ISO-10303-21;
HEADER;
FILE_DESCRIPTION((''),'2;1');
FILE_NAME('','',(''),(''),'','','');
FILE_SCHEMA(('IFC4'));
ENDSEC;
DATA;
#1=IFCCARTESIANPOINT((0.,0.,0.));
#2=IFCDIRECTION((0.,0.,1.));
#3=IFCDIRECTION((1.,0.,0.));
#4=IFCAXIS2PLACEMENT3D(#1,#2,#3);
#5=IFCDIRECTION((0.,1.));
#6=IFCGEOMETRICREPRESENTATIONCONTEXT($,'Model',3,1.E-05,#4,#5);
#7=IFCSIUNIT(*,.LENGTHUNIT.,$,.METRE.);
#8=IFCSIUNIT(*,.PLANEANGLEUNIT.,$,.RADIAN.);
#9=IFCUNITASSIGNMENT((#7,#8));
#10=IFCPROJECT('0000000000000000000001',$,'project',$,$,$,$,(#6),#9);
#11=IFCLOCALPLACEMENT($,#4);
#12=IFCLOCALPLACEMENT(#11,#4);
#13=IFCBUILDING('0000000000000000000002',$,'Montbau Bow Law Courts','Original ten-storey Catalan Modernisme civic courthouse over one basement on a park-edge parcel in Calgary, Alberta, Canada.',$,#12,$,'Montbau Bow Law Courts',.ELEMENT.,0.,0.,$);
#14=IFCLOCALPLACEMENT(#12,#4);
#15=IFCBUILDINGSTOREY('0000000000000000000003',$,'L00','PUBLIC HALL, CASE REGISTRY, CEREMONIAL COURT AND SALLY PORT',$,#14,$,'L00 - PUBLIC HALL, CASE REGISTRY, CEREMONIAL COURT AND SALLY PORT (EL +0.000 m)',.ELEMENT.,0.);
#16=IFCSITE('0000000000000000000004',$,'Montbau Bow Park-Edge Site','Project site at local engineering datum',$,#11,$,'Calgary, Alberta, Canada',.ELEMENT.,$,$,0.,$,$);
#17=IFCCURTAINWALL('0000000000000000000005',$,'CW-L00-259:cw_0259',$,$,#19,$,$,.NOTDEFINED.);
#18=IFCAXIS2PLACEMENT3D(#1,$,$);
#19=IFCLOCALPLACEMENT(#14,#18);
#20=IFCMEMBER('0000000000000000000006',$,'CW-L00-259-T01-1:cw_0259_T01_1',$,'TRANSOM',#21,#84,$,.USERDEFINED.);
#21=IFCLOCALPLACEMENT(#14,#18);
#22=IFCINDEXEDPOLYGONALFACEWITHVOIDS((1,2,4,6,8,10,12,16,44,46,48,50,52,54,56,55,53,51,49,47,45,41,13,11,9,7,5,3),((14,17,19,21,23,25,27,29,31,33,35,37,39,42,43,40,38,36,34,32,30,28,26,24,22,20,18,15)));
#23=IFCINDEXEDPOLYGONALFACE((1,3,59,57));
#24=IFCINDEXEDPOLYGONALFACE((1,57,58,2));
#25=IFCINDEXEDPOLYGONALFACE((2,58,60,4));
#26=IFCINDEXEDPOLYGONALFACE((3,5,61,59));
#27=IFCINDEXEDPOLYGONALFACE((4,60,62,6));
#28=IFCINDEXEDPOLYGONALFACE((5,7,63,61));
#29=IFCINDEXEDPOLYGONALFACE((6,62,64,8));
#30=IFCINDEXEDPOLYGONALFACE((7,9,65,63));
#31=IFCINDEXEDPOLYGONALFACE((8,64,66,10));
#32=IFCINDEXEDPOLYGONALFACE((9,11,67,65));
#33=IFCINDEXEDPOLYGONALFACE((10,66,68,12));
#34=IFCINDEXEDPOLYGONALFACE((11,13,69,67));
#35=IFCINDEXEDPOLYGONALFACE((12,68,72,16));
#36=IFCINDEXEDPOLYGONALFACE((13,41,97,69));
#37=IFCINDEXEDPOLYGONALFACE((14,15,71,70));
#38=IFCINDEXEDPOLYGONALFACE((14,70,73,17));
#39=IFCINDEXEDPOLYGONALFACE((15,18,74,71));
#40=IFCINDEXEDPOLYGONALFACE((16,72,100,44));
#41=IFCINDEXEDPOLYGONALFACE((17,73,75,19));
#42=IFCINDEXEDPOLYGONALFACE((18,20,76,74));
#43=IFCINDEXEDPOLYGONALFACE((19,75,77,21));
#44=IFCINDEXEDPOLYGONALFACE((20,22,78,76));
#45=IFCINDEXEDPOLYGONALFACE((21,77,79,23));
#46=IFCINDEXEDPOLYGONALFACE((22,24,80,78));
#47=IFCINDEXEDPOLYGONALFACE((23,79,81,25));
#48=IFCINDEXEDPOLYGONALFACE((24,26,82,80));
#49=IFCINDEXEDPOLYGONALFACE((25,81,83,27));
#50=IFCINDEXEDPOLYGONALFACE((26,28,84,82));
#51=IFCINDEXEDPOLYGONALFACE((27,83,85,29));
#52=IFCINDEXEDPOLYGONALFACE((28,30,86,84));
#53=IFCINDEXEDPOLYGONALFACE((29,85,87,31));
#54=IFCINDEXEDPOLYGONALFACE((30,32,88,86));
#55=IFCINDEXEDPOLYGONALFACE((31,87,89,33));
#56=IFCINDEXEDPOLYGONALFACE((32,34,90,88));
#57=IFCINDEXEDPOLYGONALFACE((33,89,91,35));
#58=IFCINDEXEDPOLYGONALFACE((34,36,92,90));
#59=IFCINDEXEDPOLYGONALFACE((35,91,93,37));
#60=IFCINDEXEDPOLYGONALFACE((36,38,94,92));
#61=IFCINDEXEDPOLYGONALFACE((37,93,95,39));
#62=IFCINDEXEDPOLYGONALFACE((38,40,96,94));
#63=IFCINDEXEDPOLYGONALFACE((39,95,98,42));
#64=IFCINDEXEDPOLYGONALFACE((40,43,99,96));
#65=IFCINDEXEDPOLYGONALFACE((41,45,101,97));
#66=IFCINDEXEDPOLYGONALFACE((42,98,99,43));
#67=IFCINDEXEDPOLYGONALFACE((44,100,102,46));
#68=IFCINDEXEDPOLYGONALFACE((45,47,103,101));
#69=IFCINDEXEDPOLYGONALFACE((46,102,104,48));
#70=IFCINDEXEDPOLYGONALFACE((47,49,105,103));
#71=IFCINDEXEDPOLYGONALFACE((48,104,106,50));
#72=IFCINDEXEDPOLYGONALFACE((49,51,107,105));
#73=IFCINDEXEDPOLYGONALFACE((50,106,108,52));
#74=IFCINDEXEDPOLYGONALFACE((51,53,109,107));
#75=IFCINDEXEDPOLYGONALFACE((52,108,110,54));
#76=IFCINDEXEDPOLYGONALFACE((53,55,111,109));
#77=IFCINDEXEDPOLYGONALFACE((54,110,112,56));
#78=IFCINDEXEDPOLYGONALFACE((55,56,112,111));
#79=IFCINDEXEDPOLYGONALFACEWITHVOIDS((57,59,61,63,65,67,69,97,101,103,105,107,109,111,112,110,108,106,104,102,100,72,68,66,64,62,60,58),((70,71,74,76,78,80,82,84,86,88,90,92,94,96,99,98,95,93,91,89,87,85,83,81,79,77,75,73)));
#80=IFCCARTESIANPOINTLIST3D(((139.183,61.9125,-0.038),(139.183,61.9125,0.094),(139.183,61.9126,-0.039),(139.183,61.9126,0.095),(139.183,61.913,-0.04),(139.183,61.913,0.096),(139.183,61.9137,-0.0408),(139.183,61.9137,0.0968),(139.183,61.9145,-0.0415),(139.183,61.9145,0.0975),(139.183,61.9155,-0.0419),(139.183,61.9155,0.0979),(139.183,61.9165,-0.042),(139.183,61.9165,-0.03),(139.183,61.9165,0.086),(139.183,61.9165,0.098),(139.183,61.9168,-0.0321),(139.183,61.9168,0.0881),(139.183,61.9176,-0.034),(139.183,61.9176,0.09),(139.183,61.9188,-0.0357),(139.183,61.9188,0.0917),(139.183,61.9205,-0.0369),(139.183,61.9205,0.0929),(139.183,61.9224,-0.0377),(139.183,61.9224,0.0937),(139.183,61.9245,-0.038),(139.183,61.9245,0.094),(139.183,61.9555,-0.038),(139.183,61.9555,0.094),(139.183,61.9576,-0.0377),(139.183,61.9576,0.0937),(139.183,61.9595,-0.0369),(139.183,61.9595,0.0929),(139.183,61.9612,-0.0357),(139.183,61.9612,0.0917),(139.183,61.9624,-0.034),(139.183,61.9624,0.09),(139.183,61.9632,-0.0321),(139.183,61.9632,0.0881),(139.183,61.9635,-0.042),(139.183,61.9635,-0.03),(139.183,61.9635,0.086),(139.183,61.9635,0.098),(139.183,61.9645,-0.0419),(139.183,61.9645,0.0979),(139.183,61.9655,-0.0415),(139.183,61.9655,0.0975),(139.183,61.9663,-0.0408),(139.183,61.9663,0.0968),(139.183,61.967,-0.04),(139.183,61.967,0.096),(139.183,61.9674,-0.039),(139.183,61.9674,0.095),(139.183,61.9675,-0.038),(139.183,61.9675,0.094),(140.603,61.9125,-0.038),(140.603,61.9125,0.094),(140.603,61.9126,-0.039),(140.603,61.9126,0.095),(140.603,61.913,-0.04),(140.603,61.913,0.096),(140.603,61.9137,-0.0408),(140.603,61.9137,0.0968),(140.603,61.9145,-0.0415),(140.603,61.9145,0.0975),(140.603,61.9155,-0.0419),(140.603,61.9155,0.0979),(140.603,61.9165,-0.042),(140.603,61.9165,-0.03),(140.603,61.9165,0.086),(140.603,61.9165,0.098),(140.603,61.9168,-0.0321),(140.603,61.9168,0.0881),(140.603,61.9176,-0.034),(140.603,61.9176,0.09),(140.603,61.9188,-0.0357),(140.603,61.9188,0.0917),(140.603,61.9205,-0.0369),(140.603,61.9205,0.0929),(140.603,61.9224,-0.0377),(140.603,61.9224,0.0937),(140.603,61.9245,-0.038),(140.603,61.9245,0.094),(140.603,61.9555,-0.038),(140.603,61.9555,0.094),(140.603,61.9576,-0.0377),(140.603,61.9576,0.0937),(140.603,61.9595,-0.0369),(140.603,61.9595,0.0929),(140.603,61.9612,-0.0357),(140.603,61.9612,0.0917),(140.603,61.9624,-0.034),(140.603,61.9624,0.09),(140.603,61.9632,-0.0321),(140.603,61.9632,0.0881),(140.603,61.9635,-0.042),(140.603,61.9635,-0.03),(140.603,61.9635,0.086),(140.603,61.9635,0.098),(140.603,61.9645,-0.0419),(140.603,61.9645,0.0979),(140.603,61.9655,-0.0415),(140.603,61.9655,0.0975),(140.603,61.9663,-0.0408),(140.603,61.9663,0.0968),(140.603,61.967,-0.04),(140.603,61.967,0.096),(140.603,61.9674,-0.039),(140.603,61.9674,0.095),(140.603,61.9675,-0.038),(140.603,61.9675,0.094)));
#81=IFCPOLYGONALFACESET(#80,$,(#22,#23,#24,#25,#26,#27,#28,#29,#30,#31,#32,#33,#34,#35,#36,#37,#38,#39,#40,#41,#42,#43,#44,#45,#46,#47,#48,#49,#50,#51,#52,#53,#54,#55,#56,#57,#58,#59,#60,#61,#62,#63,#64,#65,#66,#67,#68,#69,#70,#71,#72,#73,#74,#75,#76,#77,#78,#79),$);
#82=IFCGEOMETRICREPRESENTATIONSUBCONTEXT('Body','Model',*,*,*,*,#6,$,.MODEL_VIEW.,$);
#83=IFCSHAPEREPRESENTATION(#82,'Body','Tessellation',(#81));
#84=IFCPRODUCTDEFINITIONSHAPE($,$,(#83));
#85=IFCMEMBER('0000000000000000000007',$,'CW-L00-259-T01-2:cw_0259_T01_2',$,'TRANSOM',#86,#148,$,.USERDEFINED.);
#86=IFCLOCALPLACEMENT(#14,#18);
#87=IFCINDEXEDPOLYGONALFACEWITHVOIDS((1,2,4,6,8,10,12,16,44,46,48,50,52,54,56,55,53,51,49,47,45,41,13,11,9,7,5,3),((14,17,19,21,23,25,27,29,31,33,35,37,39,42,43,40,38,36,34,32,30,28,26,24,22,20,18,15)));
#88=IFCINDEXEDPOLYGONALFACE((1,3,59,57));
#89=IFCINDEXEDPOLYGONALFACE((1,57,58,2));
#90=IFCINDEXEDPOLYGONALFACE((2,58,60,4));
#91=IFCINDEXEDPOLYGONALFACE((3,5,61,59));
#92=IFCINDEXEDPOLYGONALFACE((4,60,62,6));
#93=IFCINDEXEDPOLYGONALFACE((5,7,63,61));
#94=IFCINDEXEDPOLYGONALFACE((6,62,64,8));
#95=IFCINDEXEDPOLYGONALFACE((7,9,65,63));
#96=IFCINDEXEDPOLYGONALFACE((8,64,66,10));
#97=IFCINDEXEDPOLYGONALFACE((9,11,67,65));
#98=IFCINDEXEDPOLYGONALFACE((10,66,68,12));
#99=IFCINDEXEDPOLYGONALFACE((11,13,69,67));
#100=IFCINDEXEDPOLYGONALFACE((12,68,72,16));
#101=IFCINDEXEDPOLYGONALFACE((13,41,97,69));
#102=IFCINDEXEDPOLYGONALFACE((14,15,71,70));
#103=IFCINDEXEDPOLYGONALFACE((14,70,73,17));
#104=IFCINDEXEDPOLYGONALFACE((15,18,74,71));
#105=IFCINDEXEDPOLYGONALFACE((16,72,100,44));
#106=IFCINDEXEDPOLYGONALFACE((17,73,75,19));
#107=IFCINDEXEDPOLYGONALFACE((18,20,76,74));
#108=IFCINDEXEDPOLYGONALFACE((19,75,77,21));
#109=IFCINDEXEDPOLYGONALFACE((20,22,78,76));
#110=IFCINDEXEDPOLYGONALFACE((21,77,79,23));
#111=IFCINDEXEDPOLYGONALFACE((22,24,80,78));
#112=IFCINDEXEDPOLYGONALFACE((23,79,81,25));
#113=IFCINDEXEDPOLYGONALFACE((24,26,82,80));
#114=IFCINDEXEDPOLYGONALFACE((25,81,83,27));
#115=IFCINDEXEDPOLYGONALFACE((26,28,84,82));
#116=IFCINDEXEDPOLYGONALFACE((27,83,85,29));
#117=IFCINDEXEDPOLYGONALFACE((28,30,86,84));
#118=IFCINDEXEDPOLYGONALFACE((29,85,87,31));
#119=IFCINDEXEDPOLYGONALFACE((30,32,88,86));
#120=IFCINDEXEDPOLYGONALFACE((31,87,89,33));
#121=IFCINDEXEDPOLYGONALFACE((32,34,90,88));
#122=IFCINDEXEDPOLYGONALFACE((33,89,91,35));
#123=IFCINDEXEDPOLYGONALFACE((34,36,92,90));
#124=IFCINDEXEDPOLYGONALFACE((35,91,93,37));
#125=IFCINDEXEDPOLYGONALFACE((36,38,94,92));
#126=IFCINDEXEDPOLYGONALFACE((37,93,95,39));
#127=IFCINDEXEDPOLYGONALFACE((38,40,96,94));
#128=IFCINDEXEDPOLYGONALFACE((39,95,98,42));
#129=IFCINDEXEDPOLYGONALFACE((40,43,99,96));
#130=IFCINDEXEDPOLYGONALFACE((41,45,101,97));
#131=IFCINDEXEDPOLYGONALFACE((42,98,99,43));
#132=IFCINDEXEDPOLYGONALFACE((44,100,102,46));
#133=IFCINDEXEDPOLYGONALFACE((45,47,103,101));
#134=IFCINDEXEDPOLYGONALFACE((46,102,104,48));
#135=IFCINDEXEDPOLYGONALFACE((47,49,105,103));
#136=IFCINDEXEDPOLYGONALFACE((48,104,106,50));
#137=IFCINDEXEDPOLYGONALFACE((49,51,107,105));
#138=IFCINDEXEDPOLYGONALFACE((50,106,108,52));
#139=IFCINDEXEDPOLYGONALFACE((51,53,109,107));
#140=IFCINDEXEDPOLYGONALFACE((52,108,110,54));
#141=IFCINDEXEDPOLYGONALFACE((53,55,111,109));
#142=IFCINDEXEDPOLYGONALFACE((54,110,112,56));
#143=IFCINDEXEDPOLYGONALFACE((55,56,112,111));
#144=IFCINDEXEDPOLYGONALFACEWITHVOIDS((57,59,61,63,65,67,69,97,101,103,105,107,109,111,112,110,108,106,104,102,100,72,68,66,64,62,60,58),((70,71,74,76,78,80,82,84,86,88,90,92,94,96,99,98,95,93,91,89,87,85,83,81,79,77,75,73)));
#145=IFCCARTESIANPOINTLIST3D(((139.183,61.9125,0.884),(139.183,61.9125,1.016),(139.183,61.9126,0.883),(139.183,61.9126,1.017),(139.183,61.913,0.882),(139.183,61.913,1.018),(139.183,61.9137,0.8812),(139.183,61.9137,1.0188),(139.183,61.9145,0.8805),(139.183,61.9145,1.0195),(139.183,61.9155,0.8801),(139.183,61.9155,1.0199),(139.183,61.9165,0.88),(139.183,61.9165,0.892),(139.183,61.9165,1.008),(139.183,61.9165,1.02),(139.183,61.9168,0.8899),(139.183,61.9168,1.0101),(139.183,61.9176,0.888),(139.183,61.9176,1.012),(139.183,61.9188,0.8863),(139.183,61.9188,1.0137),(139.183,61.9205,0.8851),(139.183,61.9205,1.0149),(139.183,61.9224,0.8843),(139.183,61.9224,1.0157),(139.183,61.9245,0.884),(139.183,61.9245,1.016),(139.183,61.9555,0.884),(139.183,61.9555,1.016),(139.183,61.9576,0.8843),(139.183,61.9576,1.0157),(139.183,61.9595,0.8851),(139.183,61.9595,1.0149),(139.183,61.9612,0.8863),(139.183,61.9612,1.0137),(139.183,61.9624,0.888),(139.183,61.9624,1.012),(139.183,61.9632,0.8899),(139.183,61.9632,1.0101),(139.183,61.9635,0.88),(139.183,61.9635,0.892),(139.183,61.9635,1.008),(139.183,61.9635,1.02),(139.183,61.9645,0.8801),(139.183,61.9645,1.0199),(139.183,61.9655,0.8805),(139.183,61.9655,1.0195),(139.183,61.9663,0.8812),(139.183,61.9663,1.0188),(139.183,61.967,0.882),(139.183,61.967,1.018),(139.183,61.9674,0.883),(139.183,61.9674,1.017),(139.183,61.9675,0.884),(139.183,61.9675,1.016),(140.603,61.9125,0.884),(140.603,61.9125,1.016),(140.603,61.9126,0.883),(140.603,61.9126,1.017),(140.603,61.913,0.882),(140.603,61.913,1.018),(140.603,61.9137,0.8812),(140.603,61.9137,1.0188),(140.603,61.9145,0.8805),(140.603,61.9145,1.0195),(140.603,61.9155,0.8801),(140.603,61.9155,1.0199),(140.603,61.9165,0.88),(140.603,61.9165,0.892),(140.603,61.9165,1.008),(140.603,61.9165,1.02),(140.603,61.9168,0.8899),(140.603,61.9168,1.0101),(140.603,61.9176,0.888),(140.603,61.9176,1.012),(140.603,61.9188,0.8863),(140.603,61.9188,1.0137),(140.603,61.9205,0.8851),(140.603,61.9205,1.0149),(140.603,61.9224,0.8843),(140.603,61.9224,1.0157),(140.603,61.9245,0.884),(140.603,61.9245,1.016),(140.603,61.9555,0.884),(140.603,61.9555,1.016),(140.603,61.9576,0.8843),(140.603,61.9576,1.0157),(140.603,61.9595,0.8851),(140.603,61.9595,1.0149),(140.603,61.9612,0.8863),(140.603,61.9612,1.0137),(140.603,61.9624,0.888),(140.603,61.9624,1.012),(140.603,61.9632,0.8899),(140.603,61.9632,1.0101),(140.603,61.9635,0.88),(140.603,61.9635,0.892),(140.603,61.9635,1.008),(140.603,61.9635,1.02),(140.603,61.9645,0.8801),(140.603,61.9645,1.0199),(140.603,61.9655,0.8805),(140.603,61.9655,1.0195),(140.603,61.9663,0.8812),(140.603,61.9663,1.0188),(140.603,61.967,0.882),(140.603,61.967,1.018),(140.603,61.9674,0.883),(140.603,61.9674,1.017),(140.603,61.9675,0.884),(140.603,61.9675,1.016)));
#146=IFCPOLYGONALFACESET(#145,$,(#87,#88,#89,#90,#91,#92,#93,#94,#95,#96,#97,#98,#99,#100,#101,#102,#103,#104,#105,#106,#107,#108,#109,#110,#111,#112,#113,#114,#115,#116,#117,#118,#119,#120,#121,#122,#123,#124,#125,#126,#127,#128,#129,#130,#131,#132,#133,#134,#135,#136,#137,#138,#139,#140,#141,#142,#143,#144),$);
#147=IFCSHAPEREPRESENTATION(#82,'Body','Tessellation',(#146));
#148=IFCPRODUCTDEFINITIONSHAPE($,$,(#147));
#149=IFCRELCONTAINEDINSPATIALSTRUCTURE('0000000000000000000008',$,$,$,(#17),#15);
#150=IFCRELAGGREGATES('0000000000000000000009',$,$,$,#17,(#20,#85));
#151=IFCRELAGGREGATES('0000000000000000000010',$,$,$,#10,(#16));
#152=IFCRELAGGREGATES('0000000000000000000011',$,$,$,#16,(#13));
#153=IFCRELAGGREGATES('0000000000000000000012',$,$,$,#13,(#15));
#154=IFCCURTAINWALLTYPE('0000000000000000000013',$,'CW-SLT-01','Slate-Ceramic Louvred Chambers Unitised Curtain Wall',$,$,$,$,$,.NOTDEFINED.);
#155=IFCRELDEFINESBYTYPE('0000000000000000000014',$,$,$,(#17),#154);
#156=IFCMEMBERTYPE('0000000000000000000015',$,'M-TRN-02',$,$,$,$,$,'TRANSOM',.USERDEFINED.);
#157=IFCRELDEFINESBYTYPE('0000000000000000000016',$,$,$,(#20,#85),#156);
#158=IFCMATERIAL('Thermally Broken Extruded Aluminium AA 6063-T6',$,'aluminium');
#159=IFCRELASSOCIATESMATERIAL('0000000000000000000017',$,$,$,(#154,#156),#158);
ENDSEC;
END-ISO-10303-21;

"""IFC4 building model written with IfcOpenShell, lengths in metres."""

from ifc_helpers import new_model, si_unit, direction, frame, origin_with_axes, origin_2d_with_axis, place, context, subcontext, project, spatial, hollow_rectangle, extrude, material, material_profile, profile_set, type_object, element, aggregate, save


model = new_model("IFC4")

# Units and contexts
model_context = context("Model", 3, precision=1e-05, world=origin_with_axes(), true_north=direction((0.0, 1.0)))
body_context = subcontext(model_context, "Body", "Model", "MODEL_VIEW")
ifc_project = project(units=[si_unit("LENGTHUNIT", "METRE"), si_unit("PLANEANGLEUNIT", "RADIAN")], contexts=[model_context])

# Site, building, storey
site_placement = place(None, origin_with_axes())
site = spatial("IfcSite", under=ifc_project, at=site_placement, Name="Montbau Bow Park-Edge Site", Description="Project site at local engineering datum", LongName="Calgary, Alberta, Canada", CompositionType="ELEMENT", RefElevation=0.0)
building_placement = place(site_placement, origin_with_axes())
building = spatial("IfcBuilding", under=site, at=building_placement, Name="Montbau Bow Law Courts", Description="Original ten-storey Catalan Modernisme civic courthouse over one basement on a park-edge parcel in Calgary, Alberta, Canada.", LongName="Montbau Bow Law Courts", CompositionType="ELEMENT", ElevationOfRefHeight=0.0, ElevationOfTerrain=0.0)
storey_placement = place(building_placement, origin_with_axes())
storey = spatial("IfcBuildingStorey", under=building, at=storey_placement, Name="L00", Description="PUBLIC HALL, CASE REGISTRY, CEREMONIAL COURT AND SALLY PORT", LongName="L00 - PUBLIC HALL, CASE REGISTRY, CEREMONIAL COURT AND SALLY PORT (EL +0.000 m)", CompositionType="ELEMENT", Elevation=0.0)

# Curtain wall, members
ifc_material_1 = material(Name="Thermally Broken Extruded Aluminium AA 6063-T6", Category="aluminium")
curtain_wall_type = type_object("IfcCurtainWallType", Name="CW-SLT-01", Description="Slate-Ceramic Louvred Chambers Unitised Curtain Wall", PredefinedType="NOTDEFINED", material=ifc_material_1)
curtain_wall_placement = place(None, frame((139.115, 61.94, 0.0), z_axis=(0.0, 0.0, 1.0), x_axis=(1.0, 0.0, 0.0)))
curtain_wall = element("IfcCurtainWall", 1, at=curtain_wall_placement, inside=storey, type_object=curtain_wall_type, Name="CW-L00-259:cw_0259", PredefinedType="NOTDEFINED")
ifc_material_profile_1 = material_profile(ifc_material_1, hollow_rectangle(XDim=0.055, YDim=0.14, WallThickness=0.004, InnerFilletRadius=0.008, OuterFilletRadius=0.004, at=origin_2d_with_axis()), Name="CWT-140X55", Category="Main", Priority=0)
ifc_profile_set_1 = profile_set([ifc_material_profile_1], Name="Thermally Broken Extruded Aluminium AA 6063-T6")
member_type_1 = type_object("IfcMemberType", Name="M-TRN-02", ElementType="TRANSOM", PredefinedType="USERDEFINED", material=ifc_profile_set_1)
member_1_placement = place(None, frame((139.183, 61.94, 0.028), z_axis=(1.0, 0.0, 0.0), x_axis=(0.0, 1.0, 0.0)))
member_1 = element("IfcMember", 2, at=member_1_placement, type_object=member_type_1, Name="CW-L00-259-T01-1:cw_0259_T01_1", ObjectType="TRANSOM", PredefinedType="USERDEFINED", context=body_context, shape_type="SweptSolid", body=[
    extrude(hollow_rectangle(XDim=0.055, YDim=0.14, WallThickness=0.004, InnerFilletRadius=0.008, OuterFilletRadius=0.004, at=origin_2d_with_axis()), origin_with_axes(), (0.0, 0.0, 1.0), 1.42),
])
member_2_placement = place(None, frame((139.183, 61.94, 0.95), z_axis=(1.0, 0.0, 0.0), x_axis=(0.0, 1.0, 0.0)))
member_2 = element("IfcMember", 3, at=member_2_placement, type_object=member_type_1, Name="CW-L00-259-T01-2:cw_0259_T01_2", ObjectType="TRANSOM", PredefinedType="USERDEFINED", context=body_context, shape_type="SweptSolid", body=[
    extrude(hollow_rectangle(XDim=0.055, YDim=0.14, WallThickness=0.004, InnerFilletRadius=0.008, OuterFilletRadius=0.004, at=origin_2d_with_axis()), origin_with_axes(), (0.0, 0.0, 1.0), 1.42),
])

aggregate(curtain_wall, [member_1, member_2])

save(model, "model.ifc")
